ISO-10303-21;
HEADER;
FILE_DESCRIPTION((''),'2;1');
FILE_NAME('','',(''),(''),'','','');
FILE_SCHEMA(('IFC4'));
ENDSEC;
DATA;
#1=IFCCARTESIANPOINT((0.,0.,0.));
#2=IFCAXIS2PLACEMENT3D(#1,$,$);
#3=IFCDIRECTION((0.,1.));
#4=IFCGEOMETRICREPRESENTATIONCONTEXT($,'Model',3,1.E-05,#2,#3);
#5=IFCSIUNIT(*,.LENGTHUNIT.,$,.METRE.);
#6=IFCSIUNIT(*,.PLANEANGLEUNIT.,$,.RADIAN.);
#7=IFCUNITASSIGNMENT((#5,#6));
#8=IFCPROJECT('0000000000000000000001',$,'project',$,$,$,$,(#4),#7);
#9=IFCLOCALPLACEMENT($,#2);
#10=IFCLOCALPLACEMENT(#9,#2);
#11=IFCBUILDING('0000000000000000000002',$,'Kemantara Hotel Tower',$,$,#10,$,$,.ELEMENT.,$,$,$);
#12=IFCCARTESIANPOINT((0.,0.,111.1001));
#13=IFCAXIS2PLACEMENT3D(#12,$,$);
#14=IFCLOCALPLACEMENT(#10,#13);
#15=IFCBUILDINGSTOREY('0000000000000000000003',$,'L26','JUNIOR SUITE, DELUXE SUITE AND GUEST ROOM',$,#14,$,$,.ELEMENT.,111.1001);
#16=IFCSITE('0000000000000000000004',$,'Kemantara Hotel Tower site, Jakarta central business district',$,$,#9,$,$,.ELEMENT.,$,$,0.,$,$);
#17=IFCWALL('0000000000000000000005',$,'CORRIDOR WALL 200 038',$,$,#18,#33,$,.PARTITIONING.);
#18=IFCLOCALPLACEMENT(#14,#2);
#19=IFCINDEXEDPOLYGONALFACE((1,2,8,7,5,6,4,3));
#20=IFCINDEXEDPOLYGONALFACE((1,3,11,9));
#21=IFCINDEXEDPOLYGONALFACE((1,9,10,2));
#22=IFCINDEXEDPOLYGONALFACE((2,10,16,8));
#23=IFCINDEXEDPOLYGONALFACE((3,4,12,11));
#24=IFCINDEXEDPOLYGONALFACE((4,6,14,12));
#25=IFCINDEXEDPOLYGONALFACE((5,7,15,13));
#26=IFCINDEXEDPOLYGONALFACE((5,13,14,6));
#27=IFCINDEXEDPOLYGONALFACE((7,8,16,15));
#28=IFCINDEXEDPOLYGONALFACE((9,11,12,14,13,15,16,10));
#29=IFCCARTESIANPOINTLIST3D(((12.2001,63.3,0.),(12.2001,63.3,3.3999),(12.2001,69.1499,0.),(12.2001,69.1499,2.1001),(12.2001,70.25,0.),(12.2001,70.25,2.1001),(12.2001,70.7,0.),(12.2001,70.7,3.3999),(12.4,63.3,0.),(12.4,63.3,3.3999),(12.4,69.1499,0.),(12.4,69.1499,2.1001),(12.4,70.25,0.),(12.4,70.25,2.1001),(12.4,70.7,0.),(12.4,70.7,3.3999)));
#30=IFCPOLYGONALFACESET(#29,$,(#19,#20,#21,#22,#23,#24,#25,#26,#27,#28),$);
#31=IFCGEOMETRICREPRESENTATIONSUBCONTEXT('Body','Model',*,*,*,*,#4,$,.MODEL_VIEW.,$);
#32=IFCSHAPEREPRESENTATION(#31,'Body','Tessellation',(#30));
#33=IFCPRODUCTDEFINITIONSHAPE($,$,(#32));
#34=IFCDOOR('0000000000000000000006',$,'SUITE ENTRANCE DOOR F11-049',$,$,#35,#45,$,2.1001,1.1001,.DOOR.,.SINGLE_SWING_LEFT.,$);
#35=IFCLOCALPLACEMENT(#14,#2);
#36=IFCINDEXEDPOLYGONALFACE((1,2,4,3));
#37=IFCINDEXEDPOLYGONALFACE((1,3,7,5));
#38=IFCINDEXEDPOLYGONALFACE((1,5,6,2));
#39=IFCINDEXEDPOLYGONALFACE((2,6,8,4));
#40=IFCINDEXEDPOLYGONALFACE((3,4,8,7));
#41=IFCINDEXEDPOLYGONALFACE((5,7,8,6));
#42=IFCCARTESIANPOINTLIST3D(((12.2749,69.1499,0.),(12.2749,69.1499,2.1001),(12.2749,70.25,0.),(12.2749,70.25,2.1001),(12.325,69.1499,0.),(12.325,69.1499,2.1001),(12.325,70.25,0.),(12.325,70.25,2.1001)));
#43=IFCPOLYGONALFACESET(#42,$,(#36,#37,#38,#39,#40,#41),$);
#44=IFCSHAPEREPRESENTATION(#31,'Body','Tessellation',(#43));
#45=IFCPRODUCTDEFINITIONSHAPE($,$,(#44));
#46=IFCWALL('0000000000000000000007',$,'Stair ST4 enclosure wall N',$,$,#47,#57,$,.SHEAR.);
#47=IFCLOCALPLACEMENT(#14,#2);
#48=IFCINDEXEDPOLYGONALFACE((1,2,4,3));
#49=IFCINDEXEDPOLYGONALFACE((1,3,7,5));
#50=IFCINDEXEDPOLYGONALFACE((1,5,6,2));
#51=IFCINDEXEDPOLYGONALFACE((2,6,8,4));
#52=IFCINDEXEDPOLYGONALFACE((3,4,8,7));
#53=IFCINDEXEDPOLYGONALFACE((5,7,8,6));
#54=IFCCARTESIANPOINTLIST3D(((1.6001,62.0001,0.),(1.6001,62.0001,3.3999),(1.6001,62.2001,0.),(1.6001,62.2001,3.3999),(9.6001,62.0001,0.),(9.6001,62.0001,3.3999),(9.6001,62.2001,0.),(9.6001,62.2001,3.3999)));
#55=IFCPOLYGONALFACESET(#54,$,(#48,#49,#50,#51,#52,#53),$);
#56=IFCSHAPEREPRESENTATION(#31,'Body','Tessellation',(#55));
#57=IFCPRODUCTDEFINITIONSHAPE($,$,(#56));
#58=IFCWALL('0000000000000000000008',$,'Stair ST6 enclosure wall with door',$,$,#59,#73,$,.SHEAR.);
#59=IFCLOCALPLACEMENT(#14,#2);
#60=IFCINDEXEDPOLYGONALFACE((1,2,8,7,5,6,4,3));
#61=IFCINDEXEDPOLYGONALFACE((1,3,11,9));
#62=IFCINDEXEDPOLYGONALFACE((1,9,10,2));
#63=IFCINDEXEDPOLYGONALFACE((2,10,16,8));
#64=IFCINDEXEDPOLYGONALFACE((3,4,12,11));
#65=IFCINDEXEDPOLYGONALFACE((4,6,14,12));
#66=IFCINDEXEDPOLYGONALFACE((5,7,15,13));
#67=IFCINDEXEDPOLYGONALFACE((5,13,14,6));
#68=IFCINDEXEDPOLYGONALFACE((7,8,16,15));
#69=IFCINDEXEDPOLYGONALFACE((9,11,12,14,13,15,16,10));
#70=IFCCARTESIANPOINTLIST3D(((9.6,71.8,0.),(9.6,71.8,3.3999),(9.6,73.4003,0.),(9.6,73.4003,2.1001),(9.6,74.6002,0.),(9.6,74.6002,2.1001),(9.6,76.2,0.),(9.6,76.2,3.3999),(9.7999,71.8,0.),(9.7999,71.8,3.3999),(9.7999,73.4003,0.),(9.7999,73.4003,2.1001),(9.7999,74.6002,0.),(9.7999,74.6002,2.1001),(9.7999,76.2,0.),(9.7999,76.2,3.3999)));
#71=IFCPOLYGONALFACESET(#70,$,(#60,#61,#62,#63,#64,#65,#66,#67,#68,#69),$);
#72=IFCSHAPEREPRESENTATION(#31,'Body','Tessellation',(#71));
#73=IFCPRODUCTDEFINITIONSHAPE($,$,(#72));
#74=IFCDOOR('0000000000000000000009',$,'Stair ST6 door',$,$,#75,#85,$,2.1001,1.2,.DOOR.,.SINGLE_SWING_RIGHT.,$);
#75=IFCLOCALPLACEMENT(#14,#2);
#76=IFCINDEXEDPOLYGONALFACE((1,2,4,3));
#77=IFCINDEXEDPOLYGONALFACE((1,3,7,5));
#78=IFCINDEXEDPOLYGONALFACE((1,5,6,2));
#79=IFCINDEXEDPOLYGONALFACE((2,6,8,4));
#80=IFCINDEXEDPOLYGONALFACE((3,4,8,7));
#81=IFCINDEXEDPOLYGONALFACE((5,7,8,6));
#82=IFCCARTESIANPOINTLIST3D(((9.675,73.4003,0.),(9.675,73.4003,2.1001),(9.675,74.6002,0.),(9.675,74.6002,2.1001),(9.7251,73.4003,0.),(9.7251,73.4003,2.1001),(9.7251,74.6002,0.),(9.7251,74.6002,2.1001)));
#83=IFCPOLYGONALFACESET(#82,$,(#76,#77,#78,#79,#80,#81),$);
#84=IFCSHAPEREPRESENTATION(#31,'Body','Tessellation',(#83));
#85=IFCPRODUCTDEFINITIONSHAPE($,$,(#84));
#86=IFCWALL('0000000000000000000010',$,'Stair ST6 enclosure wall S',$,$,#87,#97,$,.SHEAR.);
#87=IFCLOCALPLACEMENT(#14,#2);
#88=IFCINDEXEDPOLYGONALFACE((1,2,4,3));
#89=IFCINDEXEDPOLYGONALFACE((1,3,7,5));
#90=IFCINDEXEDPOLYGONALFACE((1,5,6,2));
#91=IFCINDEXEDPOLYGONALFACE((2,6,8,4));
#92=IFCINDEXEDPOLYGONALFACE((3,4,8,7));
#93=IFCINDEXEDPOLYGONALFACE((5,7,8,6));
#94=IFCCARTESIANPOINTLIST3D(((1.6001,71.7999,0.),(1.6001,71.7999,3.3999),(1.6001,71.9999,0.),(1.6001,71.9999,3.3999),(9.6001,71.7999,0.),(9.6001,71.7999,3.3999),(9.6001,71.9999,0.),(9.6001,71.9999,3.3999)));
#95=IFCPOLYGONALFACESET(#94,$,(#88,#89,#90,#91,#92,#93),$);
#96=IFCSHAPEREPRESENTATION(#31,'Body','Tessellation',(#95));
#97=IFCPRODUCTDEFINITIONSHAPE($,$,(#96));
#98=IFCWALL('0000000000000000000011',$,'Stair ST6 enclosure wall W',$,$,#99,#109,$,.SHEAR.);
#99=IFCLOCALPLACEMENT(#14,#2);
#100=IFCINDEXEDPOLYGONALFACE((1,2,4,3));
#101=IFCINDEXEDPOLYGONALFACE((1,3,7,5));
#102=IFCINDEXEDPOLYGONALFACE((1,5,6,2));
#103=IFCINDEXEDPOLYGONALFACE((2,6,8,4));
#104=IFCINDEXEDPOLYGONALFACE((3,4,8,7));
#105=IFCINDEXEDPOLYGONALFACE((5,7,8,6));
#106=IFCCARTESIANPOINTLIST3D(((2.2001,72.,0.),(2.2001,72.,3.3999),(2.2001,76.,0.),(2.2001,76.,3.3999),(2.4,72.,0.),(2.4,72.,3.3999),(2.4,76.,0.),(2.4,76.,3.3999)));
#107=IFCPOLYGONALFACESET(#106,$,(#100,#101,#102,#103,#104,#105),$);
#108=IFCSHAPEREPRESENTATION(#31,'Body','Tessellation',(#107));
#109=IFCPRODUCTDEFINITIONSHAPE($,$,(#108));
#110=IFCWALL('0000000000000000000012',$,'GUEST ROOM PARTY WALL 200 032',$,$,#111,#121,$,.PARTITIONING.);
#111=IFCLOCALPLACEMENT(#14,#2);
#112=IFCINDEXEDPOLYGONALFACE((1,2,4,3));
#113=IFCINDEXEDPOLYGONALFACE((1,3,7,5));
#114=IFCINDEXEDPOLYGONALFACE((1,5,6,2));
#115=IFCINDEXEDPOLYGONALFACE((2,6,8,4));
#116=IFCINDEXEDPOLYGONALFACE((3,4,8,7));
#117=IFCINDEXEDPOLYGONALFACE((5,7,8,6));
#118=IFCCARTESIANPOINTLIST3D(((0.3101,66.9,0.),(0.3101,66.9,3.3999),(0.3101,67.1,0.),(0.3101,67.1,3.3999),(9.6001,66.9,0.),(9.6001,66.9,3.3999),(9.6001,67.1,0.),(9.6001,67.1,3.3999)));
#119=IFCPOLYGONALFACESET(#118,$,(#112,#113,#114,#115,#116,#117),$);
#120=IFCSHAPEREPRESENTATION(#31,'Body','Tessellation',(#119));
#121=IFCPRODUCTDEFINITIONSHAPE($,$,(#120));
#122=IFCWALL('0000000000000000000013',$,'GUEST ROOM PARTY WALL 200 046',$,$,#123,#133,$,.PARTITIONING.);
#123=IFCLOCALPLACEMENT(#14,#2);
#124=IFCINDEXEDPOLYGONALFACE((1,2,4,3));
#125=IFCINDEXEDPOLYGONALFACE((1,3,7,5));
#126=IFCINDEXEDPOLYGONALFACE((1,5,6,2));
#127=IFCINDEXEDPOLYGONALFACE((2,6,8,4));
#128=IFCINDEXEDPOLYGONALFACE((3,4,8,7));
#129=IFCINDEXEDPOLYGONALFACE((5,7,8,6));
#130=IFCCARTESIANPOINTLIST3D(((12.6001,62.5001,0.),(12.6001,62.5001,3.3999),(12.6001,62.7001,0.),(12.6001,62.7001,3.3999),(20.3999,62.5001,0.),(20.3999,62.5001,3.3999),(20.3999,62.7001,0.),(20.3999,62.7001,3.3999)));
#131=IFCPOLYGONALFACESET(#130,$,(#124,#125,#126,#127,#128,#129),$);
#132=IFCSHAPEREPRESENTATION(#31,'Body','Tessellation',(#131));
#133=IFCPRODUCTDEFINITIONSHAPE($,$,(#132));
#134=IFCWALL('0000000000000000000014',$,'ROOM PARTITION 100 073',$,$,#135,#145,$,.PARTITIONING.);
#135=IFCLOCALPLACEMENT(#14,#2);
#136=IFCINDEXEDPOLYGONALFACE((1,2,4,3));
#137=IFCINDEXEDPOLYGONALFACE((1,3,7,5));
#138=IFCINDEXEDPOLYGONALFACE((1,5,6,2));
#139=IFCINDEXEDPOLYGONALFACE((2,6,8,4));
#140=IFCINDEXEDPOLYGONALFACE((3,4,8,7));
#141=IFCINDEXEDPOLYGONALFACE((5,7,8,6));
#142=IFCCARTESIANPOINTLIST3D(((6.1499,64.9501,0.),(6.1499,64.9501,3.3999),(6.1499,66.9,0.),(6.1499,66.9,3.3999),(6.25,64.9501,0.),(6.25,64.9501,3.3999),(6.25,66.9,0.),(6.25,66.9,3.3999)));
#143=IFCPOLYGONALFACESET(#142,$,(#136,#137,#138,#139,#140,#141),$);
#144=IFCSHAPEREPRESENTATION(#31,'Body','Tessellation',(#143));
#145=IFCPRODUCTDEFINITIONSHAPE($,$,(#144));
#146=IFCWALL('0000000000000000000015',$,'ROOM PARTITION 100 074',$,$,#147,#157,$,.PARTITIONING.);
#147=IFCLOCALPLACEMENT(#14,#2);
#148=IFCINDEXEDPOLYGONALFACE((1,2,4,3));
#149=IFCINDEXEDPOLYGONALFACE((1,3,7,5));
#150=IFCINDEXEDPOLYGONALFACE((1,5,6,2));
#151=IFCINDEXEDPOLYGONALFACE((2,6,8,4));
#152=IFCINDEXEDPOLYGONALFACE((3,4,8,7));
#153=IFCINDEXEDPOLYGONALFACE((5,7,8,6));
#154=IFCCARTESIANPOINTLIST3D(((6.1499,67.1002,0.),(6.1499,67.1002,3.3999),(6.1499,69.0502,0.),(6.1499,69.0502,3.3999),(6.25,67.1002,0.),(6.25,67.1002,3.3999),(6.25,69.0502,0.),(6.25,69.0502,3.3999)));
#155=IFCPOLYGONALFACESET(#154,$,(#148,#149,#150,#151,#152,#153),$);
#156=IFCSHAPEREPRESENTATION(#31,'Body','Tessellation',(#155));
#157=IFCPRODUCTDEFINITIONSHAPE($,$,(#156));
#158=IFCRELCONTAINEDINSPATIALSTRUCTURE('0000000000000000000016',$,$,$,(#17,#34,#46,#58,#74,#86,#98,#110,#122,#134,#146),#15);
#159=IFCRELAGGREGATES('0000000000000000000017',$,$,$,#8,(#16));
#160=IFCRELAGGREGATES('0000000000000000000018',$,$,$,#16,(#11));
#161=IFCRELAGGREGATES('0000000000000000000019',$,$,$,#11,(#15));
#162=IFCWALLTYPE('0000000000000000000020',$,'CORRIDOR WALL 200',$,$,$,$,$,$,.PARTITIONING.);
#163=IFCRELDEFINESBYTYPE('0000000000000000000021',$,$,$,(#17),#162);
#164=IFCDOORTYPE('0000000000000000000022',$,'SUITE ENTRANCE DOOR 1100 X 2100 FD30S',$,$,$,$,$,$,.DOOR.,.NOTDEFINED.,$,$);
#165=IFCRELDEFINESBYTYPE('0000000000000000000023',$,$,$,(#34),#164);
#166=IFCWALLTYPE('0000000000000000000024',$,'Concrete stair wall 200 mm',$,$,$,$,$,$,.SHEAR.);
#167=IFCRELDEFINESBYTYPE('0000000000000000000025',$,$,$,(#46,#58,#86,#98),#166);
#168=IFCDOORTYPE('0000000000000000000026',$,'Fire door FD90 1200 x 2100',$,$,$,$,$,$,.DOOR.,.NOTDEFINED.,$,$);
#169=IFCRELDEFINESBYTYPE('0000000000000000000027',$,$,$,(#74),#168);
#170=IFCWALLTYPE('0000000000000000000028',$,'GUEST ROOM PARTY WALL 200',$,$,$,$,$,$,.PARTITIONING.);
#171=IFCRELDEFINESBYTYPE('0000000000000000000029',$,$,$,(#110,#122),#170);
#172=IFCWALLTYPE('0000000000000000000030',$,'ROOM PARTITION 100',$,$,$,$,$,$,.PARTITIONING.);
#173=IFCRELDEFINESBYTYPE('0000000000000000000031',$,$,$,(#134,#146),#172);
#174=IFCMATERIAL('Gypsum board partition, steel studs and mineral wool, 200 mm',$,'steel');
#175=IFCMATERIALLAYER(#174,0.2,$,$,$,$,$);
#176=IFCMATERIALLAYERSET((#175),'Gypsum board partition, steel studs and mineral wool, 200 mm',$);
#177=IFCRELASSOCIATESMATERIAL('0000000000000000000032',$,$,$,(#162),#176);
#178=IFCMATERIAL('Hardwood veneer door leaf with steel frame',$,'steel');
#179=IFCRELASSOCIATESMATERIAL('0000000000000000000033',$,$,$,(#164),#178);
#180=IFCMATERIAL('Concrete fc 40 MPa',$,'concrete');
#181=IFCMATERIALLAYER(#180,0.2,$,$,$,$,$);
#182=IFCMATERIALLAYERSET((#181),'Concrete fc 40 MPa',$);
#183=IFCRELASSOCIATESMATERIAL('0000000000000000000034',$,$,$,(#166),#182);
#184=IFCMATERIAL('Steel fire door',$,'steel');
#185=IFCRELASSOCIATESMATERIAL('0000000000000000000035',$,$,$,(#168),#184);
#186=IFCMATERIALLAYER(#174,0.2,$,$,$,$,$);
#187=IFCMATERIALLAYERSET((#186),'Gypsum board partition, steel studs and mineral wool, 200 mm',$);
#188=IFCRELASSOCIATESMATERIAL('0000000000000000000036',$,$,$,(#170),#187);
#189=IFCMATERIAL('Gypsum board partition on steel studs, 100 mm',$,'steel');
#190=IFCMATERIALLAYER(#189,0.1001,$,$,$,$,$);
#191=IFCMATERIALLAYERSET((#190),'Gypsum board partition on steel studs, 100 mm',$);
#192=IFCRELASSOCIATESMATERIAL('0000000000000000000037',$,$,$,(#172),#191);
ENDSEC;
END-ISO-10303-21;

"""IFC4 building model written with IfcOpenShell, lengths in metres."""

from ifc_helpers import new_model, si_unit, direction, frame, frame_2d, origin, place, context, subcontext, project, spatial, rectangle, extrude, material, layer, layer_set, type_object, element, fill, save


model = new_model("IFC4")

# Units and contexts
model_context = context("Model", 3, precision=1e-05, world=origin(), true_north=direction((0.0, 1.0)))
body_context = subcontext(model_context, "Body", "Model", "MODEL_VIEW")
ifc_project = project(units=[si_unit("LENGTHUNIT", "METRE"), si_unit("PLANEANGLEUNIT", "RADIAN")], contexts=[model_context])

# Site, building, storey
site_placement = place(None, origin())
site = spatial("IfcSite", under=ifc_project, at=site_placement, Name="Kemantara Hotel Tower site, Jakarta central business district", CompositionType="ELEMENT", RefElevation=0.0)
building_placement = place(site_placement, origin())
building = spatial("IfcBuilding", under=site, at=building_placement, Name="Kemantara Hotel Tower", CompositionType="ELEMENT")
storey_placement = place(building_placement, frame((0.0, 0.0, 111.1001)))
storey = spatial("IfcBuildingStorey", under=building, at=storey_placement, Name="L26", Description="JUNIOR SUITE, DELUXE SUITE AND GUEST ROOM", CompositionType="ELEMENT", Elevation=111.1001)

# Shared definitions
ifc_material_1 = material(Name="Gypsum board partition, steel studs and mineral wool, 200 mm", Category="steel")
ifc_layer_1 = layer(ifc_material_1, 0.2)
ifc_layer_set_1 = layer_set([ifc_layer_1], Name="Gypsum board partition, steel studs and mineral wool, 200 mm")
wall_type_1 = type_object("IfcWallType", Name="CORRIDOR WALL 200", PredefinedType="PARTITIONING", material=ifc_layer_set_1)
ifc_material_2 = material(Name="Hardwood veneer door leaf with steel frame", Category="steel")
door_type_1 = type_object("IfcDoorType", Name="SUITE ENTRANCE DOOR 1100 X 2100 FD30S", OperationType="NOTDEFINED", PredefinedType="DOOR", material=ifc_material_2)

# Wall, opening, door
wall_1_placement = place(storey_placement, frame((12.3, 70.7, 0.0), z_axis=(0.0, 0.0, 1.0), x_axis=(0.0, -1.0, 0.0)))
wall_1 = element("IfcWall", 1, at=wall_1_placement, inside=storey, type_object=wall_type_1, Name="CORRIDOR WALL 200 038", PredefinedType="PARTITIONING", context=body_context, shape_type="SweptSolid", body=[
    extrude(rectangle(XDim=7.3999, YDim=0.2, at=frame_2d((3.7, 0.0))), origin(), (0.0, 0.0, 1.0), 3.3999),
])
opening_1_placement = place(wall_1_placement, frame((0.45, 0.0, 0.0)))
opening_1 = element("IfcOpeningElement", 2, at=opening_1_placement, cuts=wall_1, PredefinedType="OPENING", context=body_context, shape_type="SweptSolid", body=[
    extrude(rectangle(XDim=1.1001, YDim=2.1001, at=frame_2d((0.55, 1.05))), frame((0.0, 0.1099, 0.0), z_axis=(0.0, -1.0, 0.0), x_axis=(1.0, 0.0, 0.0)), (0.0, 0.0, 1.0), 0.22),
])
door_1_placement = place(opening_1_placement, origin())
door_1 = element("IfcDoor", 3, at=door_1_placement, inside=storey, type_object=door_type_1, Name="SUITE ENTRANCE DOOR F11-049", OperationType="SINGLE_SWING_LEFT", OverallHeight=2.1001, OverallWidth=1.1001, PredefinedType="DOOR", context=body_context, shape_type="SweptSolid", body=[
    extrude(rectangle(XDim=1.1001, YDim=2.1001, at=frame_2d((0.55, 1.05))), frame((0.0, 0.0249, 0.0), z_axis=(0.0, -1.0, 0.0), x_axis=(1.0, 0.0, 0.0)), (0.0, 0.0, 1.0), 0.05),
])
fill(opening_1, door_1)

# Wall
ifc_material_3 = material(Name="Concrete fc 40 MPa", Category="concrete")
ifc_layer_2 = layer(ifc_material_3, 0.2)
ifc_layer_set_2 = layer_set([ifc_layer_2], Name="Concrete fc 40 MPa")
wall_type_2 = type_object("IfcWallType", Name="Concrete stair wall 200 mm", PredefinedType="SHEAR", material=ifc_layer_set_2)
wall_2_placement = place(storey_placement, frame((1.6001, 62.1001, 0.0), z_axis=(0.0, 0.0, 1.0), x_axis=(1.0, 0.0, 0.0)))
element("IfcWall", 4, at=wall_2_placement, inside=storey, type_object=wall_type_2, Name="Stair ST4 enclosure wall N", PredefinedType="SHEAR", context=body_context, shape_type="SweptSolid", body=[
    extrude(rectangle(XDim=8.0, YDim=0.2, at=frame_2d((4.0, 0.0))), origin(), (0.0, 0.0, 1.0), 3.3999),
])

# Wall, opening, door
wall_3_placement = place(storey_placement, frame((9.7, 71.8, 0.0), z_axis=(0.0, 0.0, 1.0), x_axis=(0.0, 1.0, 0.0)))
wall_3 = element("IfcWall", 5, at=wall_3_placement, inside=storey, type_object=wall_type_2, Name="Stair ST6 enclosure wall with door", PredefinedType="SHEAR", context=body_context, shape_type="SweptSolid", body=[
    extrude(rectangle(XDim=4.3999, YDim=0.2, at=frame_2d((2.2, 0.0))), origin(), (0.0, 0.0, 1.0), 3.3999),
])
opening_2_placement = place(wall_3_placement, frame((1.6001, 0.0, 0.0)))
opening_2 = element("IfcOpeningElement", 6, at=opening_2_placement, cuts=wall_3, PredefinedType="OPENING", context=body_context, shape_type="SweptSolid", body=[
    extrude(rectangle(XDim=1.2, YDim=2.1001, at=frame_2d((0.6001, 1.05))), frame((0.0, 0.1099, 0.0), z_axis=(0.0, -1.0, 0.0), x_axis=(1.0, 0.0, 0.0)), (0.0, 0.0, 1.0), 0.22),
])
ifc_material_4 = material(Name="Steel fire door", Category="steel")
door_type_2 = type_object("IfcDoorType", Name="Fire door FD90 1200 x 2100", OperationType="NOTDEFINED", PredefinedType="DOOR", material=ifc_material_4)
door_2_placement = place(opening_2_placement, origin())
door_2 = element("IfcDoor", 7, at=door_2_placement, inside=storey, type_object=door_type_2, Name="Stair ST6 door", OperationType="SINGLE_SWING_RIGHT", OverallHeight=2.1001, OverallWidth=1.2, PredefinedType="DOOR", context=body_context, shape_type="SweptSolid", body=[
    extrude(rectangle(XDim=1.2, YDim=2.1001, at=frame_2d((0.6001, 1.05))), frame((0.0, 0.0249, 0.0), z_axis=(0.0, -1.0, 0.0), x_axis=(1.0, 0.0, 0.0)), (0.0, 0.0, 1.0), 0.05),
])
fill(opening_2, door_2)

# Walls
wall_4_placement = place(storey_placement, frame((1.6001, 71.8999, 0.0), z_axis=(0.0, 0.0, 1.0), x_axis=(1.0, 0.0, 0.0)))
element("IfcWall", 8, at=wall_4_placement, inside=storey, type_object=wall_type_2, Name="Stair ST6 enclosure wall S", PredefinedType="SHEAR", context=body_context, shape_type="SweptSolid", body=[
    extrude(rectangle(XDim=8.0, YDim=0.2, at=frame_2d((4.0, 0.0))), origin(), (0.0, 0.0, 1.0), 3.3999),
])
wall_5_placement = place(storey_placement, frame((2.3, 72.0, 0.0), z_axis=(0.0, 0.0, 1.0), x_axis=(0.0, 1.0, 0.0)))
element("IfcWall", 9, at=wall_5_placement, inside=storey, type_object=wall_type_2, Name="Stair ST6 enclosure wall W", PredefinedType="SHEAR", context=body_context, shape_type="SweptSolid", body=[
    extrude(rectangle(XDim=4.0, YDim=0.2, at=frame_2d((2.0, 0.0))), origin(), (0.0, 0.0, 1.0), 3.3999),
])
ifc_layer_3 = layer(ifc_material_1, 0.2)
ifc_layer_set_3 = layer_set([ifc_layer_3], Name="Gypsum board partition, steel studs and mineral wool, 200 mm")
wall_type_3 = type_object("IfcWallType", Name="GUEST ROOM PARTY WALL 200", PredefinedType="PARTITIONING", material=ifc_layer_set_3)
wall_6_placement = place(storey_placement, frame((0.3101, 67.0, 0.0), z_axis=(0.0, 0.0, 1.0), x_axis=(1.0, 0.0, 0.0)))
element("IfcWall", 10, at=wall_6_placement, inside=storey, type_object=wall_type_3, Name="GUEST ROOM PARTY WALL 200 032", PredefinedType="PARTITIONING", context=body_context, shape_type="SweptSolid", body=[
    extrude(rectangle(XDim=9.29, YDim=0.2, at=frame_2d((4.645, 0.0))), origin(), (0.0, 0.0, 1.0), 3.3999),
])
wall_7_placement = place(storey_placement, frame((12.6001, 62.6001, 0.0), z_axis=(0.0, 0.0, 1.0), x_axis=(1.0, 0.0, 0.0)))
element("IfcWall", 11, at=wall_7_placement, inside=storey, type_object=wall_type_3, Name="GUEST ROOM PARTY WALL 200 046", PredefinedType="PARTITIONING", context=body_context, shape_type="SweptSolid", body=[
    extrude(rectangle(XDim=7.7998, YDim=0.2, at=frame_2d((3.8999, 0.0))), origin(), (0.0, 0.0, 1.0), 3.3999),
])
ifc_material_5 = material(Name="Gypsum board partition on steel studs, 100 mm", Category="steel")
ifc_layer_4 = layer(ifc_material_5, 0.1001)
ifc_layer_set_4 = layer_set([ifc_layer_4], Name="Gypsum board partition on steel studs, 100 mm")
wall_type_4 = type_object("IfcWallType", Name="ROOM PARTITION 100", PredefinedType="PARTITIONING", material=ifc_layer_set_4)
for number, where, z_axis, x_axis, name in (
    (12, (6.2, 64.95, 0.0), (0.0, 0.0, 1.0), (0.0, 1.0, 0.0), "ROOM PARTITION 100 073"),
    (13, (6.2, 67.1001, 0.0), (0.0, 0.0, 1.0), (0.0, 1.0, 0.0), "ROOM PARTITION 100 074"),
):
    element("IfcWall", number, at=place(storey_placement, frame(where, z_axis=z_axis, x_axis=x_axis)), inside=storey, type_object=wall_type_4, Name=name, PredefinedType="PARTITIONING", context=body_context, shape_type="SweptSolid", body=[
        extrude(rectangle(XDim=1.95, YDim=0.1001, at=frame_2d((0.9751, 0.0))), origin(), (0.0, 0.0, 1.0), 3.3999),
    ])

save(model, "model.ifc")
